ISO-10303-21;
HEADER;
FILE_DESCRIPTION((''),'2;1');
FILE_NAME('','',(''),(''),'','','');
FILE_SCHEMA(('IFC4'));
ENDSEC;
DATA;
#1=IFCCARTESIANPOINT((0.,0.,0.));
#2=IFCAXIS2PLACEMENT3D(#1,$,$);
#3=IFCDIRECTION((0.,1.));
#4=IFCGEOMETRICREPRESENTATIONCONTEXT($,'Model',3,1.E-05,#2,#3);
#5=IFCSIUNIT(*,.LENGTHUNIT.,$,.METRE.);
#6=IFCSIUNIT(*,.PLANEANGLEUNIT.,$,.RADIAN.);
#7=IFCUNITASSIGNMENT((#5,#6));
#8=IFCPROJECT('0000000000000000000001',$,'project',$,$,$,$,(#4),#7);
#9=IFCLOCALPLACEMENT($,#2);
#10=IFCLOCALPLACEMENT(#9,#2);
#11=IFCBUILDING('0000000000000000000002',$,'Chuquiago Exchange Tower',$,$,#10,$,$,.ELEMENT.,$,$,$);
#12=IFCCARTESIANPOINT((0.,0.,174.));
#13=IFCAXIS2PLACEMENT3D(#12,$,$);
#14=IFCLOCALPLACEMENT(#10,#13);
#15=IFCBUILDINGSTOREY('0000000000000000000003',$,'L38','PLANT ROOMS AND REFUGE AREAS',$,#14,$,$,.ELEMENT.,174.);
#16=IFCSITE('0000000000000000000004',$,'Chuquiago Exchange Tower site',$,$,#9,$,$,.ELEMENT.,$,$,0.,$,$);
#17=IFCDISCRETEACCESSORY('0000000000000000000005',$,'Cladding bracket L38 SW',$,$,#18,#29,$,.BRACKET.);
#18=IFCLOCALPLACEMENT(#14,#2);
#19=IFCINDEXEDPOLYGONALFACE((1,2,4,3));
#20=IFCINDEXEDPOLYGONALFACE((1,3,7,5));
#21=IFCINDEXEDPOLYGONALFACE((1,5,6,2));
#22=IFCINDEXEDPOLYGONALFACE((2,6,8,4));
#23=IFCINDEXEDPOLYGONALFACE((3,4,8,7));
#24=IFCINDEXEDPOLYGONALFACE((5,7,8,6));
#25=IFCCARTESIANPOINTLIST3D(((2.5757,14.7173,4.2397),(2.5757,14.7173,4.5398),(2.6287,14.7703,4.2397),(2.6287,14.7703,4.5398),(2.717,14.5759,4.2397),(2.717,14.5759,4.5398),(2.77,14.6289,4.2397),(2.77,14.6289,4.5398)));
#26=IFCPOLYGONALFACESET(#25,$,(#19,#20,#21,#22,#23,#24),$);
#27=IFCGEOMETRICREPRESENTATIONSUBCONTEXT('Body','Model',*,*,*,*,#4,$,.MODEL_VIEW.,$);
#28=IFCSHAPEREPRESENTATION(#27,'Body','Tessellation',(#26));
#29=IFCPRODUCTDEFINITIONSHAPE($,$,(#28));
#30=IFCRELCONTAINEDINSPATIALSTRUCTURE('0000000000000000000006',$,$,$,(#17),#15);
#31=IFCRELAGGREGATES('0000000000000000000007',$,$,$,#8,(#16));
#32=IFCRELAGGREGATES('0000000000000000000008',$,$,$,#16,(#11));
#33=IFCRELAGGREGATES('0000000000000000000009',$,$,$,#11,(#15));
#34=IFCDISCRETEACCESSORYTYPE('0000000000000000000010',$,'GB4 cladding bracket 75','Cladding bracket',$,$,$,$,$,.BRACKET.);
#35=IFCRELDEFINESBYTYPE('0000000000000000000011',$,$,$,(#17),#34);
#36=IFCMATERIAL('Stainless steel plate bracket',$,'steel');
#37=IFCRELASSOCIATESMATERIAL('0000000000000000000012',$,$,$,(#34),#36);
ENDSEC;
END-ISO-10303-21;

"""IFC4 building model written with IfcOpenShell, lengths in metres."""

from ifc_helpers import new_model, si_unit, direction, frame, origin, origin_2d, place, context, subcontext, project, spatial, rectangle, extrude, material, type_object, element, save


model = new_model("IFC4")

# Units and contexts
model_context = context("Model", 3, precision=1e-05, world=origin(), true_north=direction((0.0, 1.0)))
body_context = subcontext(model_context, "Body", "Model", "MODEL_VIEW")
ifc_project = project(units=[si_unit("LENGTHUNIT", "METRE"), si_unit("PLANEANGLEUNIT", "RADIAN")], contexts=[model_context])

# Site, building, storey
site_placement = place(None, origin())
site = spatial("IfcSite", under=ifc_project, at=site_placement, Name="Chuquiago Exchange Tower site", CompositionType="ELEMENT", RefElevation=0.0)
building_placement = place(site_placement, origin())
building = spatial("IfcBuilding", under=site, at=building_placement, Name="Chuquiago Exchange Tower", CompositionType="ELEMENT")
storey_placement = place(building_placement, frame((0.0, 0.0, 174.0)))
storey = spatial("IfcBuildingStorey", under=building, at=storey_placement, Name="L38", Description="PLANT ROOMS AND REFUGE AREAS", CompositionType="ELEMENT", Elevation=174.0)

# Discrete accessory
ifc_material_1 = material(Name="Stainless steel plate bracket", Category="steel")
discrete_accessory_type = type_object("IfcDiscreteAccessoryType", Name="GB4 cladding bracket 75", Description="Cladding bracket", PredefinedType="BRACKET", material=ifc_material_1)
for number, where, z_axis, x_axis, name in (
    (1, (2.6729, 14.6731, 4.2397), (0.0, 0.0, 1.0), (0.707107, -0.707107, 0.0), "Cladding bracket L38 SW"),
):
    element("IfcDiscreteAccessory", number, at=place(storey_placement, frame(where, z_axis=z_axis, x_axis=x_axis)), inside=storey, type_object=discrete_accessory_type, Name=name, PredefinedType="BRACKET", context=body_context, shape_type="SweptSolid", body=[
        extrude(rectangle(XDim=0.2, YDim=0.075, at=origin_2d()), origin(), (0.0, 0.0, 1.0), 0.3),
    ])

save(model, "model.ifc")
